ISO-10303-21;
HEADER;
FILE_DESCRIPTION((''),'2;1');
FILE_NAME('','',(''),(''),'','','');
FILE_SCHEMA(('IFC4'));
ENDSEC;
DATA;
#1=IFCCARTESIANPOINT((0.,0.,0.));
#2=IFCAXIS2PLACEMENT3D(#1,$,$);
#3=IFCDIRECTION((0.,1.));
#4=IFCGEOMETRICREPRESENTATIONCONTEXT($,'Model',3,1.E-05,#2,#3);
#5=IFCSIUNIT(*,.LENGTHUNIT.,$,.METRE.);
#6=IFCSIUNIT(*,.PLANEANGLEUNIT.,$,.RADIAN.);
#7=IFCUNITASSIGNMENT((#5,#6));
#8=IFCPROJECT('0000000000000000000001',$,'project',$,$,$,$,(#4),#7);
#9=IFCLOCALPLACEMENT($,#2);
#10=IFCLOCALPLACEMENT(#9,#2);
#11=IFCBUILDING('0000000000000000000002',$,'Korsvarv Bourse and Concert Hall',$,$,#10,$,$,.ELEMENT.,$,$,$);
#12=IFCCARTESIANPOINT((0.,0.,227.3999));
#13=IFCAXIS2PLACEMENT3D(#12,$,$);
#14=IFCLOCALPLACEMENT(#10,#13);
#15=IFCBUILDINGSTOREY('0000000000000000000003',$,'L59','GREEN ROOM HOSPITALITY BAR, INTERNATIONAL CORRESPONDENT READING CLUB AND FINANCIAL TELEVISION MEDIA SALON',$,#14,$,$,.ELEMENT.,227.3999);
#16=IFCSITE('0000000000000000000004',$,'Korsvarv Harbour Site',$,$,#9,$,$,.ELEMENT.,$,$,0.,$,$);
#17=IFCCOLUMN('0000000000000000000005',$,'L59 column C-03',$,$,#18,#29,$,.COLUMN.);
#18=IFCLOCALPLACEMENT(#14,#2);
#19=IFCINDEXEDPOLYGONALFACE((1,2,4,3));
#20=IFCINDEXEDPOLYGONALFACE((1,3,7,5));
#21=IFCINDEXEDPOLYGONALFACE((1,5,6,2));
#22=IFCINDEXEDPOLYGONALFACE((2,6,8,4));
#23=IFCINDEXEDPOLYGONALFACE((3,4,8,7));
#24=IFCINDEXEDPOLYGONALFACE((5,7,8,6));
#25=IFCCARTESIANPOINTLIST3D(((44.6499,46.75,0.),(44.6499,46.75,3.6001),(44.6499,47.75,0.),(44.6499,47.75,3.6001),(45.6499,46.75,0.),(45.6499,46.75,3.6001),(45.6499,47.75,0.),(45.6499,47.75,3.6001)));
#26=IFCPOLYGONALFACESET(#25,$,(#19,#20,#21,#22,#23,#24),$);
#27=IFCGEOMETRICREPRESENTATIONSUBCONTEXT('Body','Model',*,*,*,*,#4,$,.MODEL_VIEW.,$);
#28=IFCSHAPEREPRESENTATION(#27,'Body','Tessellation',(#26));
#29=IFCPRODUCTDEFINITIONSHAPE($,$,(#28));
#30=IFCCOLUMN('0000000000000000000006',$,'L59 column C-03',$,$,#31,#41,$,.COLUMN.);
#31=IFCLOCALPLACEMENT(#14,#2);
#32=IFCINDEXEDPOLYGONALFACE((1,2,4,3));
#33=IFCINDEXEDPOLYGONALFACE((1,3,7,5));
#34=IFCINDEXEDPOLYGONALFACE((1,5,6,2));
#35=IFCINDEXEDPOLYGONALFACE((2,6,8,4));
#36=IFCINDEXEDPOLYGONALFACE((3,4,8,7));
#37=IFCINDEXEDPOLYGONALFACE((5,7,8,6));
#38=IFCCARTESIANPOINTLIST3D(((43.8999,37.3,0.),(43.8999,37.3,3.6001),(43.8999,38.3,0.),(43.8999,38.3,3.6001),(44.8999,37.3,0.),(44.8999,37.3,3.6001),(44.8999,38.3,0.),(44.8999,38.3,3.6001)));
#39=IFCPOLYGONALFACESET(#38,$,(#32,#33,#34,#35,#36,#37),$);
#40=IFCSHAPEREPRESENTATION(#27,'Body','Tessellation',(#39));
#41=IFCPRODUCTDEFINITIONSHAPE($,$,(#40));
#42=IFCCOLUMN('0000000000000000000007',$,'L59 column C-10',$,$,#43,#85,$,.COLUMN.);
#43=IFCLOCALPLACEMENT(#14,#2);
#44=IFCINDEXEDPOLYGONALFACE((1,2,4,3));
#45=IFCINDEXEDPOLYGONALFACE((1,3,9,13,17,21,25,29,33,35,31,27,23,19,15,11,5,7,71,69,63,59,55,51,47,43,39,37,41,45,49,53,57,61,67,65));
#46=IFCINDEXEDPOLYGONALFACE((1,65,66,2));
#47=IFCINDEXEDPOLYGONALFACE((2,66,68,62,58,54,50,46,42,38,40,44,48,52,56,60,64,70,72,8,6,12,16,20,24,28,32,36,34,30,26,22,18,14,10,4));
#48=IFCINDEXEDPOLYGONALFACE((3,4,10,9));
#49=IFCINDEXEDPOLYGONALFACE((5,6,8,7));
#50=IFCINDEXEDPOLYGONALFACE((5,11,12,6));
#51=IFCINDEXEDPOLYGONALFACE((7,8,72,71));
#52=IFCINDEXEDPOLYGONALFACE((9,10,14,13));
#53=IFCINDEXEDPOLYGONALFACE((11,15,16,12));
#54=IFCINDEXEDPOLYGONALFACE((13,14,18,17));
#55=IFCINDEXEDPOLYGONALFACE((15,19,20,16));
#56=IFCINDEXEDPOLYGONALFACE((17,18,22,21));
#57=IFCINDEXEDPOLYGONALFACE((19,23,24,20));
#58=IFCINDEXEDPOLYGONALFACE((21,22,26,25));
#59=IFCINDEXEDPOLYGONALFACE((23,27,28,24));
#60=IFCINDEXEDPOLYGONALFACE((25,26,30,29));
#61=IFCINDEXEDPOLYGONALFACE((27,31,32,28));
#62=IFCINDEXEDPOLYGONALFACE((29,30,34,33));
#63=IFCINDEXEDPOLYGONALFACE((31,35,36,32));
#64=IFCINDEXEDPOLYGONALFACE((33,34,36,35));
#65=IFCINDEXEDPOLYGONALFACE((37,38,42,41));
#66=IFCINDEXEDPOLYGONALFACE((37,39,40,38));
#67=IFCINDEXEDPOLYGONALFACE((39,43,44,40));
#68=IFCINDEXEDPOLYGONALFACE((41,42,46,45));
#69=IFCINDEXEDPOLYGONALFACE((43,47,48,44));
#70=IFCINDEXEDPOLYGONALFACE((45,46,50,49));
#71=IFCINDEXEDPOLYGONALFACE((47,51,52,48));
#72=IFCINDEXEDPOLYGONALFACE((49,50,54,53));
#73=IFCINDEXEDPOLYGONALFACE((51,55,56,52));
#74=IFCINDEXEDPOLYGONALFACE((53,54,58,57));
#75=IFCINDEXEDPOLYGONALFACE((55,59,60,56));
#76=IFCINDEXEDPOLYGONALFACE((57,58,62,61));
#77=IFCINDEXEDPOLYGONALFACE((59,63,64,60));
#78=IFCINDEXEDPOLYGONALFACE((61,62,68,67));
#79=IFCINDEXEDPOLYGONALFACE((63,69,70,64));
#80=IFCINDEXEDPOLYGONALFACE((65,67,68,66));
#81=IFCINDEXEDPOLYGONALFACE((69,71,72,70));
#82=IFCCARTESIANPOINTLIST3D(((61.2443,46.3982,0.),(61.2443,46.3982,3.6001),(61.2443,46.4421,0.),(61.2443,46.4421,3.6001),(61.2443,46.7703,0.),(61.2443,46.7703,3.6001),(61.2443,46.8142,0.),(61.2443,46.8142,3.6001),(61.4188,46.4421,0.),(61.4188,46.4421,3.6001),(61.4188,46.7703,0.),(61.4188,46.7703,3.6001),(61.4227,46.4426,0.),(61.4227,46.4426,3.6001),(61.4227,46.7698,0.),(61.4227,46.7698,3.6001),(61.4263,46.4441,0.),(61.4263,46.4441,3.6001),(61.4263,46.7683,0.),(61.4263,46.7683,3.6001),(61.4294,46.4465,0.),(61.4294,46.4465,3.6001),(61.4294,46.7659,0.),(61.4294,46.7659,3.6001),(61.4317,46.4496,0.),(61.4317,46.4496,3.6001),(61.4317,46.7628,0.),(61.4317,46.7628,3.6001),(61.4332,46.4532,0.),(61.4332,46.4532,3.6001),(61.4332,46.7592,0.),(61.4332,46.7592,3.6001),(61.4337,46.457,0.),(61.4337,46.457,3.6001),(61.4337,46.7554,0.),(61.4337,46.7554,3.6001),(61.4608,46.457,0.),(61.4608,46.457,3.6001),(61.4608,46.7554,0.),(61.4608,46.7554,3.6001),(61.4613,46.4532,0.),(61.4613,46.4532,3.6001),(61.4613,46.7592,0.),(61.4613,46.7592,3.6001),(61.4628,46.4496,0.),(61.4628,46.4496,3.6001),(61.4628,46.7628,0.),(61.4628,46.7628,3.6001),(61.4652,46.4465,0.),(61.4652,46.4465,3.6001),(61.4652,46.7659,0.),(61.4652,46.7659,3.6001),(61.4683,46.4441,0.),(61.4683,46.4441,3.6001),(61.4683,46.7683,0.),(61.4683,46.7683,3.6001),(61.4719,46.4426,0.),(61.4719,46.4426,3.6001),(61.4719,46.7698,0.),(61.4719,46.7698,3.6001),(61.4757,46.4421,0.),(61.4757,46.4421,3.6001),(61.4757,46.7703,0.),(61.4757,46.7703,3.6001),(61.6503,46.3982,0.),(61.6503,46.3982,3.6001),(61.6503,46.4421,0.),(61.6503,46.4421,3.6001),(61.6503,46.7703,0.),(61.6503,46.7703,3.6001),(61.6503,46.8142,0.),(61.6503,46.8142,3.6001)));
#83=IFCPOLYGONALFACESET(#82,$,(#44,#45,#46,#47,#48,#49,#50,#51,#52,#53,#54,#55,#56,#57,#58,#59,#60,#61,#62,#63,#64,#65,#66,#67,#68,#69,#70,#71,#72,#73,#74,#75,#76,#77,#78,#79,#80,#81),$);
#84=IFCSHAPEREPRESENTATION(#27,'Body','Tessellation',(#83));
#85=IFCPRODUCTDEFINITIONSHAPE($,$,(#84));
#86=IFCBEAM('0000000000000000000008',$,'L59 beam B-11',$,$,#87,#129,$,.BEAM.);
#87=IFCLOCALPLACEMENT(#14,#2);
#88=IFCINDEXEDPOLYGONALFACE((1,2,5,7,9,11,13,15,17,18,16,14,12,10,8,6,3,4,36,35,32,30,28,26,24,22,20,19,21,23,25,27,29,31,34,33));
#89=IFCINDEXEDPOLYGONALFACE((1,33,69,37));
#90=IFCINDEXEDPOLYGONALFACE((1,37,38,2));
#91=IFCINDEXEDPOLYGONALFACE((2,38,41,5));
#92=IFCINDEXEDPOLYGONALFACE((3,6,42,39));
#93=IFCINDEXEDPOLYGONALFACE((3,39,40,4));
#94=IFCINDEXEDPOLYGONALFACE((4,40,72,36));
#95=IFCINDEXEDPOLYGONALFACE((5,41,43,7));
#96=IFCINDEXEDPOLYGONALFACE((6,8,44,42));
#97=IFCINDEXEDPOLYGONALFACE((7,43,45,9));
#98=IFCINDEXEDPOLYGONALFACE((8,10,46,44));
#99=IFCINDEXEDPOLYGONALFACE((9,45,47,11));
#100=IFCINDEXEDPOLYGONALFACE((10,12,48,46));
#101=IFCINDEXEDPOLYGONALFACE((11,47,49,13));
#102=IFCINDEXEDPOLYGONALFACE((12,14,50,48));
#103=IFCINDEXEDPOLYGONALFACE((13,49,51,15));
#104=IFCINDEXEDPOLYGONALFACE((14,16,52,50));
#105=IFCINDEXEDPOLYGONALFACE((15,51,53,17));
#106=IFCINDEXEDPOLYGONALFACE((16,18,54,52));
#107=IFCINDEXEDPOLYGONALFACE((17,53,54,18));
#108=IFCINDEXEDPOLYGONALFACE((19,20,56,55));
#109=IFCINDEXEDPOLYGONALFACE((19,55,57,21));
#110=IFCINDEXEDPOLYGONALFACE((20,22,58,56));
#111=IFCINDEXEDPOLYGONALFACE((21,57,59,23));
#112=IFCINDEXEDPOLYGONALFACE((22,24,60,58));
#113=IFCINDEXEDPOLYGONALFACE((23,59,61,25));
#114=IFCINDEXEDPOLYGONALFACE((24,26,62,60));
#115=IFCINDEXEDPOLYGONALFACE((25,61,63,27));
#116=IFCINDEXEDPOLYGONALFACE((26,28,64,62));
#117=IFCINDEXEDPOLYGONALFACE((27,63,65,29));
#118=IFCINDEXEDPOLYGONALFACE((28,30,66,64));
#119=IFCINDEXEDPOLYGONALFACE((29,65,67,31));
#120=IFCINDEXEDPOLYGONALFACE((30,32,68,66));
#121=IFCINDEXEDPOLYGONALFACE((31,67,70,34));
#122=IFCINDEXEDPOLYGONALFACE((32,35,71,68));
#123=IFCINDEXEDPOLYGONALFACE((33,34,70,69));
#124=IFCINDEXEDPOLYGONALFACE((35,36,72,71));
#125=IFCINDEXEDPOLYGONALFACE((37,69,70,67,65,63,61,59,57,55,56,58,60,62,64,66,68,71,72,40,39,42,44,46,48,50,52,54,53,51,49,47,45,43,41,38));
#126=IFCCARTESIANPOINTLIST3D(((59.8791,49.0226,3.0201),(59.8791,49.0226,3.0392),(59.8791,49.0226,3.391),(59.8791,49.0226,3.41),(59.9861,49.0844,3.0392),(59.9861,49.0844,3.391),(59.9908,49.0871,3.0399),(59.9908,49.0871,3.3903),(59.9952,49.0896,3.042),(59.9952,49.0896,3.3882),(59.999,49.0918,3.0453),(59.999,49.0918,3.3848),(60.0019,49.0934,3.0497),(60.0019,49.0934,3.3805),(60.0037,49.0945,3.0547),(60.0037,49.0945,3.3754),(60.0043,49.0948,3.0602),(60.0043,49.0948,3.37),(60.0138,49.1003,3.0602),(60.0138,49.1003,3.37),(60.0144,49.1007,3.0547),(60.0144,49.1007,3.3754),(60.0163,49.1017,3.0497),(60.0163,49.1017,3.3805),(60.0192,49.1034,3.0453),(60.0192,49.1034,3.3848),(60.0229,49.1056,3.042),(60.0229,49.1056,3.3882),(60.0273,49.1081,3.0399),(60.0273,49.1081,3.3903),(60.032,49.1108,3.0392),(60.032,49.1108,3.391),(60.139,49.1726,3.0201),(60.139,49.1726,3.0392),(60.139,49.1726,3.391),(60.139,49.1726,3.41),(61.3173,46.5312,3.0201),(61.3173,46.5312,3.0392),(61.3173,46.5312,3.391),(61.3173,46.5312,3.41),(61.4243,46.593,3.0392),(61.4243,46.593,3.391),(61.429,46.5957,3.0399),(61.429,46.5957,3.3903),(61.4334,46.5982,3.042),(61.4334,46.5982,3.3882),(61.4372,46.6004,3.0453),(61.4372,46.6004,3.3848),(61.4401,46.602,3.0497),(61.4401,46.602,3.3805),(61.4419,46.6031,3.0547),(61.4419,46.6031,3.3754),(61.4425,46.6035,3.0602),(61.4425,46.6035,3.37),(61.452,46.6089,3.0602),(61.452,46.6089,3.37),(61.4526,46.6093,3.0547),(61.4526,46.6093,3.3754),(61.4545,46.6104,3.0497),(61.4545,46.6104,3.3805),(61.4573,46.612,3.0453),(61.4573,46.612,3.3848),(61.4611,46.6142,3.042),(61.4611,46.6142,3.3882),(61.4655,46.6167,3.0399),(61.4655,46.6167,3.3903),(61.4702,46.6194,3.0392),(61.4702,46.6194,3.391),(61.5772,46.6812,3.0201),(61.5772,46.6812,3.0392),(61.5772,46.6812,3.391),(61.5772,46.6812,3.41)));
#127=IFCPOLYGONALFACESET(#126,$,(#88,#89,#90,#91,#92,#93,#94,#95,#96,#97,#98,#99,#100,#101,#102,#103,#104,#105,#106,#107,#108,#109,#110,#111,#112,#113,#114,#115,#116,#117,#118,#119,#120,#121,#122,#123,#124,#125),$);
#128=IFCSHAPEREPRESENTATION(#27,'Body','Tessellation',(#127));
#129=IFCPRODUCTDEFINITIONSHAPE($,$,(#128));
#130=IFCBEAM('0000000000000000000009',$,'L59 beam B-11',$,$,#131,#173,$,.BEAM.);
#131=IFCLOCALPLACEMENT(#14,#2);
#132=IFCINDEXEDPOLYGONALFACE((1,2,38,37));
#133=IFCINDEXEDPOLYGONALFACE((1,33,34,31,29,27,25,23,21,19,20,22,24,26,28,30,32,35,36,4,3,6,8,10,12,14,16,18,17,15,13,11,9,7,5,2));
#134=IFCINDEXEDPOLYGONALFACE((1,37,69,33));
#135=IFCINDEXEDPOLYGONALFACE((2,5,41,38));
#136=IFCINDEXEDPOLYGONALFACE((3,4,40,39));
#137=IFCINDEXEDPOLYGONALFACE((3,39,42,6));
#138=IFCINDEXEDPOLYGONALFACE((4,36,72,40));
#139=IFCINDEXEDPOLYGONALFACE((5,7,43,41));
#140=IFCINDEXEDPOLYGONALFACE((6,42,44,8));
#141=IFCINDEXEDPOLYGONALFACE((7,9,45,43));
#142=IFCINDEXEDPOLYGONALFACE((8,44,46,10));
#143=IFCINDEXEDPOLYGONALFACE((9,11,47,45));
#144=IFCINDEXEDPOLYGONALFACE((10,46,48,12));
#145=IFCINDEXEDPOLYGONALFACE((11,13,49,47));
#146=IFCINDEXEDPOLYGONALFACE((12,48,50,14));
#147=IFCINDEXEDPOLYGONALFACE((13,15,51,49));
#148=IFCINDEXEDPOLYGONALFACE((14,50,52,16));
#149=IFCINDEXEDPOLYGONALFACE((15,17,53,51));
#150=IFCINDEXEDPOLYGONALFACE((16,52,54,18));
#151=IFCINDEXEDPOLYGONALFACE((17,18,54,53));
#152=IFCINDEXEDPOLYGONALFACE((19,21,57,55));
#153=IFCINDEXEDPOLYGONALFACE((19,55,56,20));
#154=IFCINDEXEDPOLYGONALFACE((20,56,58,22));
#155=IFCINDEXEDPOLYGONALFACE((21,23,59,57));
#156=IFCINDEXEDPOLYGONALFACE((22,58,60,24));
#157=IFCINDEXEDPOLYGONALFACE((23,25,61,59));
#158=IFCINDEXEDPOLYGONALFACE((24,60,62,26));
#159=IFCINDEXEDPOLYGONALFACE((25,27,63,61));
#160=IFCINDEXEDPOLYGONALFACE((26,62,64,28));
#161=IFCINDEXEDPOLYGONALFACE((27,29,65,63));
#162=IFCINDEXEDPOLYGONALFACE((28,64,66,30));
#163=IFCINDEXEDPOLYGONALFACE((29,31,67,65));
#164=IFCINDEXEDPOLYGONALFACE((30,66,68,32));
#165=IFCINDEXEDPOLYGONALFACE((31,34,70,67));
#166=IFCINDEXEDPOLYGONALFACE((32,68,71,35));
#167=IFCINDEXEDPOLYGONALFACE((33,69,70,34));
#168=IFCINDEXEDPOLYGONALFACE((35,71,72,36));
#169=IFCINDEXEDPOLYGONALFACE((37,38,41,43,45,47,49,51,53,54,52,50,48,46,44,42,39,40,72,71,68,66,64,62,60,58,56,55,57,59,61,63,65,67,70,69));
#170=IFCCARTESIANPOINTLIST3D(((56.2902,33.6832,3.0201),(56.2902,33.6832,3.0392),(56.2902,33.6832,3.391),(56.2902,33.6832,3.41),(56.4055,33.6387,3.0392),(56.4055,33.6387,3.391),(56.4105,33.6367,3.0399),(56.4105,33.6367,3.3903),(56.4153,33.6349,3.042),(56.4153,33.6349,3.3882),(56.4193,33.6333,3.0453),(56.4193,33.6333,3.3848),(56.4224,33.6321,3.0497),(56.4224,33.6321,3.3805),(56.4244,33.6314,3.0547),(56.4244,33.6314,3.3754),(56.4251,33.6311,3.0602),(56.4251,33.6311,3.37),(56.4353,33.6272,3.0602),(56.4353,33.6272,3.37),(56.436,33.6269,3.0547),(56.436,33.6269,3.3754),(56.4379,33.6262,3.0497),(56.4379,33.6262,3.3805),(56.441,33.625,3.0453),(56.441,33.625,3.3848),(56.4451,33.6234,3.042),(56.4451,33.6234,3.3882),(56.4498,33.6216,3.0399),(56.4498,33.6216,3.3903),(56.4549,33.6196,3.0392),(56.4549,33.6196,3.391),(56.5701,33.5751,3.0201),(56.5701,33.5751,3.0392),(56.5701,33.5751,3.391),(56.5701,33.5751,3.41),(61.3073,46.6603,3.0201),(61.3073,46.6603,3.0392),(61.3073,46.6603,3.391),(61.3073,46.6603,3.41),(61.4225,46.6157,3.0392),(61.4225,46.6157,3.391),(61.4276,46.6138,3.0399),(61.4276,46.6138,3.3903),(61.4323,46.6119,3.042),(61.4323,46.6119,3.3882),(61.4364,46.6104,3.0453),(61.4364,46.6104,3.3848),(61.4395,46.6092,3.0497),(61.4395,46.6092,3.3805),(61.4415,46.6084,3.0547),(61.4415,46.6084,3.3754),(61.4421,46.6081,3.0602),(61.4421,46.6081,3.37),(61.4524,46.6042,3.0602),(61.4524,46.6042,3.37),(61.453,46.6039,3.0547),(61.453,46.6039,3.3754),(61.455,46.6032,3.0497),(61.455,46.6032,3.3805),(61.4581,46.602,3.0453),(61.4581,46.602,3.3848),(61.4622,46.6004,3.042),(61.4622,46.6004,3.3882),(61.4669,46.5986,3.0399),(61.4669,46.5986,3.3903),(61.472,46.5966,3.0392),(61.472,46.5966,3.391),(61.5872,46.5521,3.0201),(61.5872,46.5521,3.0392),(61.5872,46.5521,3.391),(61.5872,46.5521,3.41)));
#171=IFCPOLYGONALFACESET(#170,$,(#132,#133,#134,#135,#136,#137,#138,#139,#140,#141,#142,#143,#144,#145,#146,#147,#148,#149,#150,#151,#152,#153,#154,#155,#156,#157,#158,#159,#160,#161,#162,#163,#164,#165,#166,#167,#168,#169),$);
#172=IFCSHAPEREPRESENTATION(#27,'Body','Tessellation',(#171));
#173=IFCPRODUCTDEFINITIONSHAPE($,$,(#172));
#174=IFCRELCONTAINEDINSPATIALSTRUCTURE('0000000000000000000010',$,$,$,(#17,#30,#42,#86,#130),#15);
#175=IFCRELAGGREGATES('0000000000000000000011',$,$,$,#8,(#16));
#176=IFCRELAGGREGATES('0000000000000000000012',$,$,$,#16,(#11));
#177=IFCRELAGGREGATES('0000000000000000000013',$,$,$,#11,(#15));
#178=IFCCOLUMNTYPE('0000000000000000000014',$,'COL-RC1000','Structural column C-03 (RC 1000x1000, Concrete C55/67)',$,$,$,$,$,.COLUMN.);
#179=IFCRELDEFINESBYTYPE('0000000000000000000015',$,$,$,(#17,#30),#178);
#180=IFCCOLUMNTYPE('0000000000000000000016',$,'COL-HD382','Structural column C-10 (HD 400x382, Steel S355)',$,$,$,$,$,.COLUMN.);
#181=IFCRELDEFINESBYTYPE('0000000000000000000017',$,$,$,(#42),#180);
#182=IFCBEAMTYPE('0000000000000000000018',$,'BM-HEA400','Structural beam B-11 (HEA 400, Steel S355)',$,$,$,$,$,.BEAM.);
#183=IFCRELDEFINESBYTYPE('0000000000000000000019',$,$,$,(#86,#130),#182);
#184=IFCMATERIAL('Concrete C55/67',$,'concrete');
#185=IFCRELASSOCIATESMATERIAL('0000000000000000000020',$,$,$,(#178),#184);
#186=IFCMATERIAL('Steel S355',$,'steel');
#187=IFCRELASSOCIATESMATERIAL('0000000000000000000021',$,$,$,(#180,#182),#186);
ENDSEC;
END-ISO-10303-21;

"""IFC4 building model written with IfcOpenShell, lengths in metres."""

from ifc_helpers import new_model, si_unit, direction, frame, origin, origin_2d, place, context, subcontext, project, spatial, rectangle, i_section, extrude, source, transform, mapped, material, material_profile, profile_set, type_object, element, save


model = new_model("IFC4")

# Units and contexts
model_context = context("Model", 3, precision=1e-05, world=origin(), true_north=direction((0.0, 1.0)))
body_context = subcontext(model_context, "Body", "Model", "MODEL_VIEW")
ifc_project = project(units=[si_unit("LENGTHUNIT", "METRE"), si_unit("PLANEANGLEUNIT", "RADIAN")], contexts=[model_context])

# Site, building, storey
site_placement = place(None, origin())
site = spatial("IfcSite", under=ifc_project, at=site_placement, Name="Korsvarv Harbour Site", CompositionType="ELEMENT", RefElevation=0.0)
building_placement = place(site_placement, origin())
building = spatial("IfcBuilding", under=site, at=building_placement, Name="Korsvarv Bourse and Concert Hall", CompositionType="ELEMENT")
storey_placement = place(building_placement, frame((0.0, 0.0, 227.3999)))
storey = spatial("IfcBuildingStorey", under=building, at=storey_placement, Name="L59", Description="GREEN ROOM HOSPITALITY BAR, INTERNATIONAL CORRESPONDENT READING CLUB AND FINANCIAL TELEVISION MEDIA SALON", CompositionType="ELEMENT", Elevation=227.3999)

# Columns
ifc_material_1 = material(Name="Concrete C55/67", Category="concrete")
ifc_material_profile_1 = material_profile(ifc_material_1, rectangle(XDim=1.0, YDim=1.0, at=origin_2d()), Name="RC 1000x1000")
ifc_profile_set_1 = profile_set([ifc_material_profile_1], Name="Concrete C55/67")
column_type_1 = type_object("IfcColumnType", Name="COL-RC1000", Description="Structural column C-03 (RC 1000x1000, Concrete C55/67)", PredefinedType="COLUMN", material=ifc_profile_set_1)
shared_shape_1 = source(origin(), body_context, "Body", "SweptSolid", [
    extrude(rectangle(XDim=1.0, YDim=1.0, at=origin_2d()), origin(), (0.0, 0.0, 1.0), 3.6001),
])
for number, where, z_axis, x_axis, name in (
    (1, (45.1499, 47.25, 0.0), (0.0, 0.0, 1.0), (1.0, 0.0, 0.0), "L59 column C-03"),
    (2, (44.3999, 37.8, 0.0), (0.0, 0.0, 1.0), (1.0, 0.0, 0.0), "L59 column C-03"),
):
    element("IfcColumn", number, at=place(storey_placement, frame(where, z_axis=z_axis, x_axis=x_axis)), inside=storey, type_object=column_type_1, Name=name, PredefinedType="COLUMN", context=body_context, shape_type="MappedRepresentation", body=[
        mapped(shared_shape_1, transform((0.0, 0.0, 0.0), scale=1.0)),
    ])
ifc_material_2 = material(Name="Steel S355", Category="steel")
ifc_material_profile_2 = material_profile(ifc_material_2, i_section(OverallWidth=0.406, OverallDepth=0.416, WebThickness=0.0271, FlangeThickness=0.0439, FilletRadius=0.0149, at=origin_2d()), Name="HD 400x382")
ifc_profile_set_2 = profile_set([ifc_material_profile_2], Name="Steel S355")
column_type_2 = type_object("IfcColumnType", Name="COL-HD382", Description="Structural column C-10 (HD 400x382, Steel S355)", PredefinedType="COLUMN", material=ifc_profile_set_2)
shared_shape_2 = source(origin(), body_context, "Body", "SweptSolid", [
    extrude(i_section(OverallWidth=0.406, OverallDepth=0.416, WebThickness=0.0271, FlangeThickness=0.0439, FilletRadius=0.0149, at=origin_2d()), origin(), (0.0, 0.0, 1.0), 3.6001),
])
column_placement = place(storey_placement, frame((61.4473, 46.6062, 0.0), z_axis=(0.0, 0.0, 1.0), x_axis=(1.0, 0.0, 0.0)))
element("IfcColumn", 3, at=column_placement, inside=storey, type_object=column_type_2, Name="L59 column C-10", PredefinedType="COLUMN", context=body_context, shape_type="MappedRepresentation", body=[
    mapped(shared_shape_2, transform((0.0, 0.0, 0.0), scale=1.0)),
])

# Beams
ifc_material_profile_3 = material_profile(ifc_material_2, i_section(OverallWidth=0.3, OverallDepth=0.3899, WebThickness=0.011, FlangeThickness=0.019, FilletRadius=0.021, at=origin_2d()), Name="HEA 400")
ifc_profile_set_3 = profile_set([ifc_material_profile_3], Name="Steel S355")
beam_type_1 = type_object("IfcBeamType", Name="BM-HEA400", Description="Structural beam B-11 (HEA 400, Steel S355)", PredefinedType="BEAM", material=ifc_profile_set_3)
shared_shape_3 = source(origin(), body_context, "Body", "SweptSolid", [
    extrude(i_section(OverallWidth=0.3, OverallDepth=0.3899, WebThickness=0.011, FlangeThickness=0.019, FilletRadius=0.021, at=origin_2d()), origin(), (0.0, 0.0, 1.0), 2.8767),
])
beam_1_placement = place(storey_placement, frame((61.4473, 46.6062, 3.2151), z_axis=(-0.499945, 0.866057, 0.0), x_axis=(-0.866057, -0.499945, 0.0)))
element("IfcBeam", 4, at=beam_1_placement, inside=storey, type_object=beam_type_1, Name="L59 beam B-11", PredefinedType="BEAM", context=body_context, shape_type="MappedRepresentation", body=[
    mapped(shared_shape_3, transform((0.0, 0.0, 0.0), scale=1.0)),
])
shared_shape_4 = source(origin(), body_context, "Body", "SweptSolid", [
    extrude(i_section(OverallWidth=0.3, OverallDepth=0.3899, WebThickness=0.011, FlangeThickness=0.019, FilletRadius=0.021, at=origin_2d()), origin(), (0.0, 0.0, 1.0), 13.9131),
])
beam_2_placement = place(storey_placement, frame((56.4302, 33.6292, 3.2151), z_axis=(0.360601, 0.93272, 0.0), x_axis=(-0.93272, 0.360601, 0.0)))
element("IfcBeam", 5, at=beam_2_placement, inside=storey, type_object=beam_type_1, Name="L59 beam B-11", PredefinedType="BEAM", context=body_context, shape_type="MappedRepresentation", body=[
    mapped(shared_shape_4, transform((0.0, 0.0, 0.0), scale=1.0)),
])

save(model, "model.ifc")
